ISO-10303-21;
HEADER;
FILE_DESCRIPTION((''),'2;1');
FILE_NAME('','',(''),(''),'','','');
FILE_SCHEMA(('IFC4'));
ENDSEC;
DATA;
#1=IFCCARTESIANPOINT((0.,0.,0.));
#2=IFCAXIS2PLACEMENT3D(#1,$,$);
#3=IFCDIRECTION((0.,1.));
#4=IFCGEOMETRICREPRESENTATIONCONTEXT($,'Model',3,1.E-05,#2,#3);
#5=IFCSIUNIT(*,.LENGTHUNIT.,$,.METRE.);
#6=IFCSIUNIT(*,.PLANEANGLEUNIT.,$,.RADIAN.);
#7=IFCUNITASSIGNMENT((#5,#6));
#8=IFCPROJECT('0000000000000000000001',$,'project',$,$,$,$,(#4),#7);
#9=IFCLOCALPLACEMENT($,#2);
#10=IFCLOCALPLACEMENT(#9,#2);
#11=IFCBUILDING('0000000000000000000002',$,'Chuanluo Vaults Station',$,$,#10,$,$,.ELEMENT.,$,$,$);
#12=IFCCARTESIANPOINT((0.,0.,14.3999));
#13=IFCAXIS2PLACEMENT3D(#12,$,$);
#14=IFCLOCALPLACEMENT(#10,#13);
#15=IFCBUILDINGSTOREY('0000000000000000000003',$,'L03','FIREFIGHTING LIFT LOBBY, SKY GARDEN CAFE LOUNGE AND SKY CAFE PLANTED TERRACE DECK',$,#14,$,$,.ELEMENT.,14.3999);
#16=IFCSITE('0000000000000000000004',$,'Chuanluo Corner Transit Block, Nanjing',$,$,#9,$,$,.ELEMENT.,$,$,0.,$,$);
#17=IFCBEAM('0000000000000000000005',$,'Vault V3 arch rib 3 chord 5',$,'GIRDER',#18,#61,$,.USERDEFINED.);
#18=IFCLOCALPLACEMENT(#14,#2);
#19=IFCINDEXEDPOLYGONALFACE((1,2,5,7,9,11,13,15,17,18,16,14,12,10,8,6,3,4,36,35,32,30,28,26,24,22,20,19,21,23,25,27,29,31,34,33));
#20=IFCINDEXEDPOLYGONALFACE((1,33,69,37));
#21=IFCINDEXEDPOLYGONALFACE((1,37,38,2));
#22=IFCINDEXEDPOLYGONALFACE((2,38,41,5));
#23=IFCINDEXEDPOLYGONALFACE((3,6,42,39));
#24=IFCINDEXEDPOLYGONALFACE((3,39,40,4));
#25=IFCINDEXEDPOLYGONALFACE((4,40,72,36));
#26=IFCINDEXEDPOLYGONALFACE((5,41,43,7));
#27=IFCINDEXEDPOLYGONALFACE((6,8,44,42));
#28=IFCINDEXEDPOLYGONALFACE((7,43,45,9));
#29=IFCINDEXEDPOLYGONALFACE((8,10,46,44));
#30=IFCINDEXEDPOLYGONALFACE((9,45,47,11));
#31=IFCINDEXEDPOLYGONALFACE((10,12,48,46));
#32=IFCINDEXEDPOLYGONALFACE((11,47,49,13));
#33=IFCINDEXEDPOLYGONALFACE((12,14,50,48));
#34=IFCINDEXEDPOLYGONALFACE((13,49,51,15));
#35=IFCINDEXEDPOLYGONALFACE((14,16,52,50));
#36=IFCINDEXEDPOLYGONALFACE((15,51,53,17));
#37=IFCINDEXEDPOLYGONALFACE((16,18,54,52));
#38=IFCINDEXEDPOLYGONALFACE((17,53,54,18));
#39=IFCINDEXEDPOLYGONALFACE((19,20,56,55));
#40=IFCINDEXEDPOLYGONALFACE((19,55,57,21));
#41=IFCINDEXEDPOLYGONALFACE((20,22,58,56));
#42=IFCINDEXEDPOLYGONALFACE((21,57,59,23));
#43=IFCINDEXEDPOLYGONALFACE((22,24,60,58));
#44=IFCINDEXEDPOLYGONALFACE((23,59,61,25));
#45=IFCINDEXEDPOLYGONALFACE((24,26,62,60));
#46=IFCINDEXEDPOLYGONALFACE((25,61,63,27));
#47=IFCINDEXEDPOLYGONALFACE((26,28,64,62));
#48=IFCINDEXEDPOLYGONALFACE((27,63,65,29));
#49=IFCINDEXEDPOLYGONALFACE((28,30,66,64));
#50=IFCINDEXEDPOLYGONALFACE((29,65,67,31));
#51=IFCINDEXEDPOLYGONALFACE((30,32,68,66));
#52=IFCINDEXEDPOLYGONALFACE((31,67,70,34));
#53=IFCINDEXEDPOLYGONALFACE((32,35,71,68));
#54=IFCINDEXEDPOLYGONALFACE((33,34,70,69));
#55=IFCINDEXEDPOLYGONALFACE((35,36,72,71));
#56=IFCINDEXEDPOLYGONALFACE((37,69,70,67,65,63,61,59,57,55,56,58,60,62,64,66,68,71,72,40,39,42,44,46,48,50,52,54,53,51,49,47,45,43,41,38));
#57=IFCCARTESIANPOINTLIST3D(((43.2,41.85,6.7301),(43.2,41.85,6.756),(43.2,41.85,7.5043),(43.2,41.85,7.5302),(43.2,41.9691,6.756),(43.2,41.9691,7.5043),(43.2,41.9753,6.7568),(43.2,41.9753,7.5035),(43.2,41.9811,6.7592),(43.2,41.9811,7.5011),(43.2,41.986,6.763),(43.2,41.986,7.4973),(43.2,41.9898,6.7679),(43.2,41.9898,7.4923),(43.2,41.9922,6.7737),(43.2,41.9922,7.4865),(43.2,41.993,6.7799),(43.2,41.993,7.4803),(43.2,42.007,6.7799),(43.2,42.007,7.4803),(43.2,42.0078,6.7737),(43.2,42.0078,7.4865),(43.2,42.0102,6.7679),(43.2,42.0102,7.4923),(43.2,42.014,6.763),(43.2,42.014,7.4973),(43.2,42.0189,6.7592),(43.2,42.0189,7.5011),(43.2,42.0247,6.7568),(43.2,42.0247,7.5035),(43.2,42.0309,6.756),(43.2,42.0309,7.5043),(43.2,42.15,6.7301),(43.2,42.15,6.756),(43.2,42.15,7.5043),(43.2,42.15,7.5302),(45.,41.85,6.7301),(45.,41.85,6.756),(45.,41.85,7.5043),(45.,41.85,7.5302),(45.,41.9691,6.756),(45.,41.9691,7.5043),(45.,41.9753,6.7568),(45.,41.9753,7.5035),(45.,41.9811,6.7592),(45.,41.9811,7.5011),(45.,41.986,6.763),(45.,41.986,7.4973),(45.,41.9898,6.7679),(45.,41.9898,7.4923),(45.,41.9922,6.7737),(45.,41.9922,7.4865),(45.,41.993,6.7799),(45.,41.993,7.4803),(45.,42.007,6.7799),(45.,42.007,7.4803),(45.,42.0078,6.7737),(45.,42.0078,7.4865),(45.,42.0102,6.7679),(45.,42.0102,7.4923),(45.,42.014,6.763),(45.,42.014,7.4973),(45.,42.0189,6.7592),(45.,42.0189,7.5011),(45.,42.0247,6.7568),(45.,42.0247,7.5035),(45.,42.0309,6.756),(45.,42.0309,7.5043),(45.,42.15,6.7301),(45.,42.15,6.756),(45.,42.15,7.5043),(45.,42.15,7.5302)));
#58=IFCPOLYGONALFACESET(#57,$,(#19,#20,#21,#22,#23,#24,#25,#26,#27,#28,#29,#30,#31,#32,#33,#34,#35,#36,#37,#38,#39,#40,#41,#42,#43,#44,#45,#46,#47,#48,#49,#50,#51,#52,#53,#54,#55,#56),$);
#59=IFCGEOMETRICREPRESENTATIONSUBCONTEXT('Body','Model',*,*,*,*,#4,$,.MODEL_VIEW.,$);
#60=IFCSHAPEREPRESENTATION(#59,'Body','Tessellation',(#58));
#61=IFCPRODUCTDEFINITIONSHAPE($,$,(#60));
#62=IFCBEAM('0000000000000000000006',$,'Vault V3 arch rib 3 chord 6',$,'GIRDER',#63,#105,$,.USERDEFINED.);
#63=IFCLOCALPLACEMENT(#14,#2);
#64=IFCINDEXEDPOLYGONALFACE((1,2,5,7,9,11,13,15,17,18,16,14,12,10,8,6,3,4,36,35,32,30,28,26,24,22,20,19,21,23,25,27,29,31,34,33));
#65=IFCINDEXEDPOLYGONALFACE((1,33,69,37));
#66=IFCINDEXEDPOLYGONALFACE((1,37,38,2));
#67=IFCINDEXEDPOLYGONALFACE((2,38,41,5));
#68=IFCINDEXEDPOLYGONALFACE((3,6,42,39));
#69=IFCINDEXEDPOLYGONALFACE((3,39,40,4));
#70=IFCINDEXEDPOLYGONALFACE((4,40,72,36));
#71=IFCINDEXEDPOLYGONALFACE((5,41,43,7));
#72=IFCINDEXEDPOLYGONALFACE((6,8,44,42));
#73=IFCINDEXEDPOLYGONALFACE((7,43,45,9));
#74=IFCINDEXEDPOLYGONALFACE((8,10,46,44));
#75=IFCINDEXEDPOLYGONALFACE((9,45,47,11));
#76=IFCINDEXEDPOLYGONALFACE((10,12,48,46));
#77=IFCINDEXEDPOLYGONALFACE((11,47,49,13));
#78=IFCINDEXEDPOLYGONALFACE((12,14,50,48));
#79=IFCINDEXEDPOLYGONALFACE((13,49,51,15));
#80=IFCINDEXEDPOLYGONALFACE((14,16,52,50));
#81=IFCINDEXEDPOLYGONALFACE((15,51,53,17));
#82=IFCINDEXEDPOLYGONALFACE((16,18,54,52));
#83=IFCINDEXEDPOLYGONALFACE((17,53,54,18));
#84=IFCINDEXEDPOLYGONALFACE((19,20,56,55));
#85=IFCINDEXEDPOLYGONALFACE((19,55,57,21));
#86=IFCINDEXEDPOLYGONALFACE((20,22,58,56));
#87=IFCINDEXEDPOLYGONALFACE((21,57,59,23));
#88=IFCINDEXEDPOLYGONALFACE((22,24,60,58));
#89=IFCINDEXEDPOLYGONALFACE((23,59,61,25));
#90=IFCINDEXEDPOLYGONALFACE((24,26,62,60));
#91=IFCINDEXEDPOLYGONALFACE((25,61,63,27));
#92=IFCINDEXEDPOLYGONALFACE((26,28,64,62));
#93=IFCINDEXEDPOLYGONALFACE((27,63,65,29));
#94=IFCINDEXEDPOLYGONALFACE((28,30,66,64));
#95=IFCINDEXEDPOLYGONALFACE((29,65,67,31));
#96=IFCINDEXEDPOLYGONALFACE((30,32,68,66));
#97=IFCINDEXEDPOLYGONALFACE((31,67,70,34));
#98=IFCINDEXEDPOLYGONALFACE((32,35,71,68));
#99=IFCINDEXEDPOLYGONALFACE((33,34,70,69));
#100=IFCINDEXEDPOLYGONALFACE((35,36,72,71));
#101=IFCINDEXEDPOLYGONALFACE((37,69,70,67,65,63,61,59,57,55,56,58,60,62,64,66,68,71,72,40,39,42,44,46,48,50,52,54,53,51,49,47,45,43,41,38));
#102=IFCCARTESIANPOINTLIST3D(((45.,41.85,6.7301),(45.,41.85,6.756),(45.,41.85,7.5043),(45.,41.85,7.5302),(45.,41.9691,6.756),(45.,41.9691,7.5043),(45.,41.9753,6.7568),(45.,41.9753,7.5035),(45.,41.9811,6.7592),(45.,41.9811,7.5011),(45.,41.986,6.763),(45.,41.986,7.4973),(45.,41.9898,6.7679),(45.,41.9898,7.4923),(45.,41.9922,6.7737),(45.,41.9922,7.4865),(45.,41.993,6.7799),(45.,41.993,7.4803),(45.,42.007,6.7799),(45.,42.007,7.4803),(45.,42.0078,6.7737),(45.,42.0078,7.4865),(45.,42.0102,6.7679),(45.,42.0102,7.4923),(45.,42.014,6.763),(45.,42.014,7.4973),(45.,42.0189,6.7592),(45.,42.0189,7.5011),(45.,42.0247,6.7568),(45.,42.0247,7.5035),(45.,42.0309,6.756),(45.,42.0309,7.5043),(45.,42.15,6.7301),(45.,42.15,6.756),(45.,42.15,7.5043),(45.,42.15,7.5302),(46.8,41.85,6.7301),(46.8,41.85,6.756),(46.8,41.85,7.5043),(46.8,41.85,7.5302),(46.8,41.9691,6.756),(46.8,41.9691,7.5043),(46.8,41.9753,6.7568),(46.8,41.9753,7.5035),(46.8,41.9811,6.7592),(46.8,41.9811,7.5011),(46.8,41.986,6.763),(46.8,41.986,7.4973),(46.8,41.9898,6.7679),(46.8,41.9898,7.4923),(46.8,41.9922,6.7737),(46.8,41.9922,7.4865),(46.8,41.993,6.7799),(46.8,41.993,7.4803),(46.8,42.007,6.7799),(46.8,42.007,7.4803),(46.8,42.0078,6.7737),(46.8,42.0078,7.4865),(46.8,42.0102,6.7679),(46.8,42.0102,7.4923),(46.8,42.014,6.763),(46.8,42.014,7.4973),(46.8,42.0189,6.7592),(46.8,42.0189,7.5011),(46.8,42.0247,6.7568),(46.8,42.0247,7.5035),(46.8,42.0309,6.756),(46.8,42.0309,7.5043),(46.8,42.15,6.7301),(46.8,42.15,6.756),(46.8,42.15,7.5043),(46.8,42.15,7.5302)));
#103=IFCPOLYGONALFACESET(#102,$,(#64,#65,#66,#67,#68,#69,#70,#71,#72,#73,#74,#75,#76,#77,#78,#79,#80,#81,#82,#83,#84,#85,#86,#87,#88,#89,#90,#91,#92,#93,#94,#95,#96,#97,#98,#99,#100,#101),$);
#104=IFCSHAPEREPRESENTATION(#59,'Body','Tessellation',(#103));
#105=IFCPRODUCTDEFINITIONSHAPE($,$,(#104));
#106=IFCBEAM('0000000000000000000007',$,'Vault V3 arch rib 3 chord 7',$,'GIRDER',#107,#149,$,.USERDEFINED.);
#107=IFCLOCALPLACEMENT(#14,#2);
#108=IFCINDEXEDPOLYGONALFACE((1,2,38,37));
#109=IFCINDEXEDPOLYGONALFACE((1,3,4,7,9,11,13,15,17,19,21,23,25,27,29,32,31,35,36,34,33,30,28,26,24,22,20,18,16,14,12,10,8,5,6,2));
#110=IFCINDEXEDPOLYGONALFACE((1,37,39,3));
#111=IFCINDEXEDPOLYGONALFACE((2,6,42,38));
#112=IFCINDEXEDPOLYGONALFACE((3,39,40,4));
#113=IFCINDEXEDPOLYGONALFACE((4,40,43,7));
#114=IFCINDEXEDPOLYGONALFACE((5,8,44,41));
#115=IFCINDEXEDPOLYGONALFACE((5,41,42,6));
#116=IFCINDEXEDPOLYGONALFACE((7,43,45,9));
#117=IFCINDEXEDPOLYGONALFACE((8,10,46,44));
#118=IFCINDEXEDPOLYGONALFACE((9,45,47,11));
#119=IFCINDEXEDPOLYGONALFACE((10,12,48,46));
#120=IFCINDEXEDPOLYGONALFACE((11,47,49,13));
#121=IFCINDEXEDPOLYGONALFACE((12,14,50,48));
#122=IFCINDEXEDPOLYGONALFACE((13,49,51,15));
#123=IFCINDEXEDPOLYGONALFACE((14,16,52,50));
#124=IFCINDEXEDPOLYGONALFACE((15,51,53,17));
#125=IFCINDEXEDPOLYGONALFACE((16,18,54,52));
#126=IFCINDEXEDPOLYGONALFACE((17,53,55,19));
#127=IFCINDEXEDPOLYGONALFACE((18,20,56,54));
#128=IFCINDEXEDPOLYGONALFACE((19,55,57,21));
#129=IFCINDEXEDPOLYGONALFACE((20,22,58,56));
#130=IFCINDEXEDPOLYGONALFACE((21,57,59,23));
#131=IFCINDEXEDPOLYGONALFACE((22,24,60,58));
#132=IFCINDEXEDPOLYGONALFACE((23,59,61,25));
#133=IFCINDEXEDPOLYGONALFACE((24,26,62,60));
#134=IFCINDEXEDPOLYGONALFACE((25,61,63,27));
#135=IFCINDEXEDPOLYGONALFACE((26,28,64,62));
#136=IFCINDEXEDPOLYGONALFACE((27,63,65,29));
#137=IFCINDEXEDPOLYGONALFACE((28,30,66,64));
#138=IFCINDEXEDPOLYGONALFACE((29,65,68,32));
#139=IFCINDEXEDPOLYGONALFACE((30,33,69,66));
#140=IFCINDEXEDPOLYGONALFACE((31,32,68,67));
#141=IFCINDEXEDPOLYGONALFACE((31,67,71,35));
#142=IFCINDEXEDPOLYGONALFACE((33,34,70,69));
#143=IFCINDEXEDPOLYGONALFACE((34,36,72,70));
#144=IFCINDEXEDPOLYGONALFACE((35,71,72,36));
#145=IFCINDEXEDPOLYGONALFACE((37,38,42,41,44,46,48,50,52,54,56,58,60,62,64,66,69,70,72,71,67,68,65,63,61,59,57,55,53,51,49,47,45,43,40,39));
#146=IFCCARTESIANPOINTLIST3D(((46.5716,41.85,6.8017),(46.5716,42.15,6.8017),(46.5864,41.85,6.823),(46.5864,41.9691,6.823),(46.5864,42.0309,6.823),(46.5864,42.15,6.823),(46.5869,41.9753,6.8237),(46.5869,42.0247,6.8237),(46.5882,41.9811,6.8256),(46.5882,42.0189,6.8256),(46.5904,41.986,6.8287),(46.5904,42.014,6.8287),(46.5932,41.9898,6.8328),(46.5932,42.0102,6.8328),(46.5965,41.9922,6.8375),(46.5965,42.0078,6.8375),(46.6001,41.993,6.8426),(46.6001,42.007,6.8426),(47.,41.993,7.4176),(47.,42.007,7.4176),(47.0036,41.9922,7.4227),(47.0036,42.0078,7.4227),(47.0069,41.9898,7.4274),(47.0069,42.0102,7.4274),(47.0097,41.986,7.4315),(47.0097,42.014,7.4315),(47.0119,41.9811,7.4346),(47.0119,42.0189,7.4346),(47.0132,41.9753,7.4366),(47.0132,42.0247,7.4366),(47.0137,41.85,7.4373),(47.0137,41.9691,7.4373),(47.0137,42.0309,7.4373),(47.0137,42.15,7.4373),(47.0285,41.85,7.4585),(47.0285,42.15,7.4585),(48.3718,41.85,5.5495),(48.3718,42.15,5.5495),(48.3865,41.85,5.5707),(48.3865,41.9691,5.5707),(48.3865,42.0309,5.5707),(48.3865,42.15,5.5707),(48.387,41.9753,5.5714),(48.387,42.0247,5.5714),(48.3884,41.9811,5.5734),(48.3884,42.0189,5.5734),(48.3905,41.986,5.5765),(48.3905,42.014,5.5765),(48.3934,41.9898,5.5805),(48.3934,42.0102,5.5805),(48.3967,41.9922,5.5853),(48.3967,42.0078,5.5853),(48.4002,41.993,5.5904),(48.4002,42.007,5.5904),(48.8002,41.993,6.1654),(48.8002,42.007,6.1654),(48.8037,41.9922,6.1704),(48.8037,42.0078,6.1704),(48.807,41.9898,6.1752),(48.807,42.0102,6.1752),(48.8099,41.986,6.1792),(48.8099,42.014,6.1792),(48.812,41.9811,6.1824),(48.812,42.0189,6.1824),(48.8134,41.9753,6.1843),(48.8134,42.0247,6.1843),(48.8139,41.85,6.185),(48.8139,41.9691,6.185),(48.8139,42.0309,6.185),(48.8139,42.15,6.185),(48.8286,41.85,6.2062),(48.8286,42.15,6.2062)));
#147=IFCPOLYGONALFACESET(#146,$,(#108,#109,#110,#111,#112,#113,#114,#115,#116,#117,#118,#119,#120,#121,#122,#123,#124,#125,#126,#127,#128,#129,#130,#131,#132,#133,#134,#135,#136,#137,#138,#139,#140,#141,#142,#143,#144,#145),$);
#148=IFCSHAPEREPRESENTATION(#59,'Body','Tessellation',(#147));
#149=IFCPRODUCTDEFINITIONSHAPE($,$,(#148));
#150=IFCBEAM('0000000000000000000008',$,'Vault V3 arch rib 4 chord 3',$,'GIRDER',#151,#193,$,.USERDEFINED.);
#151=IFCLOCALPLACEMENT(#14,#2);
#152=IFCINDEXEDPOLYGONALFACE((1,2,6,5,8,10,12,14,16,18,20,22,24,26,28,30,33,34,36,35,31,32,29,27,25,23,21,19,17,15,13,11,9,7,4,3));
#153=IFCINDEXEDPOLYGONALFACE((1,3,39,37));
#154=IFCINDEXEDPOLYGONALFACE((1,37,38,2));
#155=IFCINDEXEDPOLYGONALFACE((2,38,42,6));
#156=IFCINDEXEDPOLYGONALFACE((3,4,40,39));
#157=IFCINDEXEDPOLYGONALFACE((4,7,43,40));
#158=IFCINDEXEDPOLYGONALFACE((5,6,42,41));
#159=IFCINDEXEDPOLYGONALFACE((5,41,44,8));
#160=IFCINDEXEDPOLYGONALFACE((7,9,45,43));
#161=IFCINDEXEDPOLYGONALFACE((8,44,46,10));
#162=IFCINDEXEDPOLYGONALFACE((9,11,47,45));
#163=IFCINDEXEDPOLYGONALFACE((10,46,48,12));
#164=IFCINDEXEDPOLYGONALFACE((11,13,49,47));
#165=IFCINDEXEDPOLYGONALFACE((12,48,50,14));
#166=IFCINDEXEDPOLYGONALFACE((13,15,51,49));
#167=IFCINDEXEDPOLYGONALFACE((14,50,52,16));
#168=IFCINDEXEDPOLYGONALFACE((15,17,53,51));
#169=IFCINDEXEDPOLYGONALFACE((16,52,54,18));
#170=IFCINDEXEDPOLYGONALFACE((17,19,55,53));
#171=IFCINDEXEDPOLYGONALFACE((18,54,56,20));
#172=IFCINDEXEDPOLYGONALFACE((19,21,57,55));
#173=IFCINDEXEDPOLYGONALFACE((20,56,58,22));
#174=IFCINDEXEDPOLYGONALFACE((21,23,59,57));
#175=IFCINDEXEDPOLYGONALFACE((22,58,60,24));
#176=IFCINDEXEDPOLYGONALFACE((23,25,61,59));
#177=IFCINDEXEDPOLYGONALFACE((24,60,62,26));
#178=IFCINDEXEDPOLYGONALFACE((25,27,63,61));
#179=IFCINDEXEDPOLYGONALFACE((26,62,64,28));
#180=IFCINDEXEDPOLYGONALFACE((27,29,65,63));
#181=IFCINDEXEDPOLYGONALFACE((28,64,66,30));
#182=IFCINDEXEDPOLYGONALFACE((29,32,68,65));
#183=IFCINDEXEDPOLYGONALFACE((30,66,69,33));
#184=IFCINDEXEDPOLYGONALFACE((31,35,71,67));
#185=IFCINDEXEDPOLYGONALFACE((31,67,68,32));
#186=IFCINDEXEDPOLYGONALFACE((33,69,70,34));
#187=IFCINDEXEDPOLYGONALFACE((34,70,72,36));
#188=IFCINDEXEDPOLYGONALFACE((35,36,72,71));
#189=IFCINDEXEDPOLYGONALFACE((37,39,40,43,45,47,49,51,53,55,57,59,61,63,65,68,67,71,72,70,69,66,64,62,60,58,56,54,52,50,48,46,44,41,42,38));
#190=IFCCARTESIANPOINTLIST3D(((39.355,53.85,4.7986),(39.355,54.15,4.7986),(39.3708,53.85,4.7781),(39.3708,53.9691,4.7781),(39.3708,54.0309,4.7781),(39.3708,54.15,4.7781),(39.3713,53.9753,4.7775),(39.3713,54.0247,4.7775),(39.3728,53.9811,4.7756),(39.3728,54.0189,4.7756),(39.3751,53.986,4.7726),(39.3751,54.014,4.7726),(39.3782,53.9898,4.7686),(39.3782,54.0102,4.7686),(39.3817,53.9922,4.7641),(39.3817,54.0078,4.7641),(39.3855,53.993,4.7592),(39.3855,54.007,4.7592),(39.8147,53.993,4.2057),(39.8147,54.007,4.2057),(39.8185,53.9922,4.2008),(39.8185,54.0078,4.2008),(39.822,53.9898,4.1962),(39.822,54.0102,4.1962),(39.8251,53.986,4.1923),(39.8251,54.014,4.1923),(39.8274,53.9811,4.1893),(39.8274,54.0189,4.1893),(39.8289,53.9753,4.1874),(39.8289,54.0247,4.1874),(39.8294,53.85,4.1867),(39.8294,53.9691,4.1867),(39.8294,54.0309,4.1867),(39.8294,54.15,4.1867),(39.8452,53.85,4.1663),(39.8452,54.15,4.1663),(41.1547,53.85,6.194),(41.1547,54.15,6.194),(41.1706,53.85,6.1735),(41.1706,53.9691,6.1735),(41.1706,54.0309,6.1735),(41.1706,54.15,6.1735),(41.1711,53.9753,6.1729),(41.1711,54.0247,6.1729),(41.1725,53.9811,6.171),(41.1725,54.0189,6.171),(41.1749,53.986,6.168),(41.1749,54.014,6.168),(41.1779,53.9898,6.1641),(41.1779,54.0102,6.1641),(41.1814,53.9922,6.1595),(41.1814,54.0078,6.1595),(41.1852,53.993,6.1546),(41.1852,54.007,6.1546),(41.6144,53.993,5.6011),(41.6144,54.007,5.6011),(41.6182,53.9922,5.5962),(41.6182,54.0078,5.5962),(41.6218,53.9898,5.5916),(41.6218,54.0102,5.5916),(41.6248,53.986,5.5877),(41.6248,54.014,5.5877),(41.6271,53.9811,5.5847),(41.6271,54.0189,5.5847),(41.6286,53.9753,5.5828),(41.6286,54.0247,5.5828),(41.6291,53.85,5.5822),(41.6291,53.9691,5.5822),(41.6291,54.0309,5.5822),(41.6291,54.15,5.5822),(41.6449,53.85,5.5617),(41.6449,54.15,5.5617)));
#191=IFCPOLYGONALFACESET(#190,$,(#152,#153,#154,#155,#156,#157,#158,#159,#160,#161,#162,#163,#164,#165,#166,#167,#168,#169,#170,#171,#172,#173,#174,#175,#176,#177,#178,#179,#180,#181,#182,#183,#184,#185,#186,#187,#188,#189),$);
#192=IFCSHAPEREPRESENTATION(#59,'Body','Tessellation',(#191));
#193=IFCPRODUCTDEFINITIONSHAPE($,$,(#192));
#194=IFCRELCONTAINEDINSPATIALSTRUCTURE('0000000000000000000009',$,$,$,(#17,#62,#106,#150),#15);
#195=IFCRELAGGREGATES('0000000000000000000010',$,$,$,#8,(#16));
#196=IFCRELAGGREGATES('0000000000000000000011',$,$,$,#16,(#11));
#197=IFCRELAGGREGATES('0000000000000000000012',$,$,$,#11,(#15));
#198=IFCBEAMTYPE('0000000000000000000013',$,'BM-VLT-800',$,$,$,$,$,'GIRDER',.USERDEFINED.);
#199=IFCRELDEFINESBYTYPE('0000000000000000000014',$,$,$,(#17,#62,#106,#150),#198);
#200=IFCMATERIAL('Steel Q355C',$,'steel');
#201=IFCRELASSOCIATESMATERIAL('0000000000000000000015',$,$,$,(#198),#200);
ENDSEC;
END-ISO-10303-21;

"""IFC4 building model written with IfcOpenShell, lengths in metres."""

from ifc_helpers import new_model, si_unit, direction, frame, origin, origin_2d, place, context, subcontext, project, spatial, i_section, extrude, material, material_profile, profile_set, type_object, element, save


model = new_model("IFC4")

# Units and contexts
model_context = context("Model", 3, precision=1e-05, world=origin(), true_north=direction((0.0, 1.0)))
body_context = subcontext(model_context, "Body", "Model", "MODEL_VIEW")
ifc_project = project(units=[si_unit("LENGTHUNIT", "METRE"), si_unit("PLANEANGLEUNIT", "RADIAN")], contexts=[model_context])

# Site, building, storey
site_placement = place(None, origin())
site = spatial("IfcSite", under=ifc_project, at=site_placement, Name="Chuanluo Corner Transit Block, Nanjing", CompositionType="ELEMENT", RefElevation=0.0)
building_placement = place(site_placement, origin())
building = spatial("IfcBuilding", under=site, at=building_placement, Name="Chuanluo Vaults Station", CompositionType="ELEMENT")
storey_placement = place(building_placement, frame((0.0, 0.0, 14.3999)))
storey = spatial("IfcBuildingStorey", under=building, at=storey_placement, Name="L03", Description="FIREFIGHTING LIFT LOBBY, SKY GARDEN CAFE LOUNGE AND SKY CAFE PLANTED TERRACE DECK", CompositionType="ELEMENT", Elevation=14.3999)

# Beams
ifc_material_1 = material(Name="Steel Q355C", Category="steel")
ifc_material_profile_1 = material_profile(ifc_material_1, i_section(OverallWidth=0.3, OverallDepth=0.8, WebThickness=0.0139, FlangeThickness=0.0259, FilletRadius=0.0239, at=origin_2d()))
ifc_profile_set_1 = profile_set([ifc_material_profile_1], Name="Steel Q355C")
beam_type = type_object("IfcBeamType", Name="BM-VLT-800", ElementType="GIRDER", PredefinedType="USERDEFINED", material=ifc_profile_set_1)
for number, where, z_axis, x_axis, name in (
    (1, (43.2, 42.0, 7.1301), (1.0, 0.0, 0.0), (0.0, 1.0, 0.0), "Vault V3 arch rib 3 chord 5"),
    (2, (45.0, 42.0, 7.1301), (1.0, 0.0, 0.0), (0.0, 1.0, 0.0), "Vault V3 arch rib 3 chord 6"),
):
    element("IfcBeam", number, at=place(storey_placement, frame(where, z_axis=z_axis, x_axis=x_axis)), inside=storey, type_object=beam_type, Name=name, ObjectType="GIRDER", PredefinedType="USERDEFINED", context=body_context, shape_type="SweptSolid", body=[
        extrude(i_section(OverallWidth=0.3, OverallDepth=0.8, WebThickness=0.0139, FlangeThickness=0.0259, FilletRadius=0.0239, at=origin_2d()), origin(), (0.0, 0.0, 1.0), 1.8),
    ])
beam_1_placement = place(storey_placement, frame((46.8, 42.0, 7.1301), z_axis=(0.820907, 0.0, -0.571061), x_axis=(0.0, 1.0, 0.0)))
element("IfcBeam", 3, at=beam_1_placement, inside=storey, type_object=beam_type, Name="Vault V3 arch rib 3 chord 7", ObjectType="GIRDER", PredefinedType="USERDEFINED", context=body_context, shape_type="SweptSolid", body=[
    extrude(i_section(OverallWidth=0.3, OverallDepth=0.8, WebThickness=0.0139, FlangeThickness=0.0259, FilletRadius=0.0239, at=origin_2d()), origin(), (0.0, 0.0, 1.0), 2.1929),
])
beam_2_placement = place(storey_placement, frame((39.6001, 54.0, 4.4824), z_axis=(0.790275, 0.0, 0.612752), x_axis=(0.0, 1.0, 0.0)))
element("IfcBeam", 4, at=beam_2_placement, inside=storey, type_object=beam_type, Name="Vault V3 arch rib 4 chord 3", ObjectType="GIRDER", PredefinedType="USERDEFINED", context=body_context, shape_type="SweptSolid", body=[
    extrude(i_section(OverallWidth=0.3, OverallDepth=0.8, WebThickness=0.0139, FlangeThickness=0.0259, FilletRadius=0.0239, at=origin_2d()), origin(), (0.0, 0.0, 1.0), 2.2773),
])

save(model, "model.ifc")
